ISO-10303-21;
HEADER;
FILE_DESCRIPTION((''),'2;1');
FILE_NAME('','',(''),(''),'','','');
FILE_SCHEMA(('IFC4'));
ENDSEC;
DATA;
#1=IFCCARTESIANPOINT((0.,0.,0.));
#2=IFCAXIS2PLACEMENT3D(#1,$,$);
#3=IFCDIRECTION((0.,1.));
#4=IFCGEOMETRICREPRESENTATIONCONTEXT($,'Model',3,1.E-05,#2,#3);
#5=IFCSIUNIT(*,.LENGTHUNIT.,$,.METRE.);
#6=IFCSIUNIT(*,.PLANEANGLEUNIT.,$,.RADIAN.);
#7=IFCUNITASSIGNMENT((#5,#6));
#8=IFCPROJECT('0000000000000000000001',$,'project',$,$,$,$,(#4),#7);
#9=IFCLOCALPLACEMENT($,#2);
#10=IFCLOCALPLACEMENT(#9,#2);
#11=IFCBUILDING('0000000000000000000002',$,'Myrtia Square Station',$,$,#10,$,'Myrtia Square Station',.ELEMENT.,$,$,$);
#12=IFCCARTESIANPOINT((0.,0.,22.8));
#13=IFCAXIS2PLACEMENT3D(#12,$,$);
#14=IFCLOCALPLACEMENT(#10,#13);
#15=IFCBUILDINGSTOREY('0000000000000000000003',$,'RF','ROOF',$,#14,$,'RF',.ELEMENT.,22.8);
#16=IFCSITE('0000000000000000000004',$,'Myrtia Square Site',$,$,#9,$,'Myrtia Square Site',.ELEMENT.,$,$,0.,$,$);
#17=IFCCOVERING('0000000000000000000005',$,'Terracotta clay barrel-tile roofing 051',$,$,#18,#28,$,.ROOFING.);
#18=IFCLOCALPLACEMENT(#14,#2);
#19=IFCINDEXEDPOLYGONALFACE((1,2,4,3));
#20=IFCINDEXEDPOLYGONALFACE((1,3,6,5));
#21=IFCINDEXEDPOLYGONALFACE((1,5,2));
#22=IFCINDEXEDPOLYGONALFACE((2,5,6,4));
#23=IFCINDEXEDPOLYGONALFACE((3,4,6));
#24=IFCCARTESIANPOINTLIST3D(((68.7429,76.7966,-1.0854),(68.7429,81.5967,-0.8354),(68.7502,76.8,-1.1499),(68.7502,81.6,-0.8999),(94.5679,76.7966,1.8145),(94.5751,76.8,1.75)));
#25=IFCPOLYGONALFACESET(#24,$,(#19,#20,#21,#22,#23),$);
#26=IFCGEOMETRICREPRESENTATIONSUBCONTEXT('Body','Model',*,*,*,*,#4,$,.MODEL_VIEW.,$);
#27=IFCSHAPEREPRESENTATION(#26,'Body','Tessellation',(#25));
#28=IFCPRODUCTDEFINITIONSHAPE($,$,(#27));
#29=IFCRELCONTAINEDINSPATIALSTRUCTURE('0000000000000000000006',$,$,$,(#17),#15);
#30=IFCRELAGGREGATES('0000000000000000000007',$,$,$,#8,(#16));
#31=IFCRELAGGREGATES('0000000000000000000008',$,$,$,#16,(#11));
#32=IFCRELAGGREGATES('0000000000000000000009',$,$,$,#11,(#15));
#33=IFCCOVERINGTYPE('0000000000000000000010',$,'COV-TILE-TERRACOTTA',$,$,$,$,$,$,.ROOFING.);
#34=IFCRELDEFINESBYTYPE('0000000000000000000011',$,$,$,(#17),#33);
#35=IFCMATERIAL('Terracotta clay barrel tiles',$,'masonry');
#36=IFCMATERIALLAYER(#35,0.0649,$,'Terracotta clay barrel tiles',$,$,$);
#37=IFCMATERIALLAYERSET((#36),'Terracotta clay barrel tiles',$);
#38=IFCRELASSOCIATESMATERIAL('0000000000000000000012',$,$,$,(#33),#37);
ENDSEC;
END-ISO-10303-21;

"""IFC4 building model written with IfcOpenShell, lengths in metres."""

from ifc_helpers import new_model, si_unit, direction, frame, origin, place, context, subcontext, project, spatial, polyline, outline, extrude, material, layer, layer_set, type_object, element, save


model = new_model("IFC4")

# Units and contexts
model_context = context("Model", 3, precision=1e-05, world=origin(), true_north=direction((0.0, 1.0)))
body_context = subcontext(model_context, "Body", "Model", "MODEL_VIEW")
ifc_project = project(units=[si_unit("LENGTHUNIT", "METRE"), si_unit("PLANEANGLEUNIT", "RADIAN")], contexts=[model_context])

# Site, building, storey
site_placement = place(None, origin())
site = spatial("IfcSite", under=ifc_project, at=site_placement, Name="Myrtia Square Site", LongName="Myrtia Square Site", CompositionType="ELEMENT", RefElevation=0.0)
building_placement = place(site_placement, origin())
building = spatial("IfcBuilding", under=site, at=building_placement, Name="Myrtia Square Station", LongName="Myrtia Square Station", CompositionType="ELEMENT")
storey_placement = place(building_placement, frame((0.0, 0.0, 22.8)))
storey = spatial("IfcBuildingStorey", under=building, at=storey_placement, Name="RF", Description="ROOF", LongName="RF", CompositionType="ELEMENT", Elevation=22.8)

# Covering
ifc_material_1 = material(Name="Terracotta clay barrel tiles", Category="masonry")
ifc_layer_1 = layer(ifc_material_1, 0.0649, Name="Terracotta clay barrel tiles")
ifc_layer_set_1 = layer_set([ifc_layer_1], Name="Terracotta clay barrel tiles")
covering_type = type_object("IfcCoveringType", Name="COV-TILE-TERRACOTTA", PredefinedType="ROOFING", material=ifc_layer_set_1)
covering_1_placement = place(storey_placement, frame((68.7429, 76.7966, -1.0854), z_axis=(-0.11144, -0.051688, 0.992426), x_axis=(0.993754, 0.0, 0.111589)))
element("IfcCovering", 1, at=covering_1_placement, inside=storey, type_object=covering_type, Name="Terracotta clay barrel-tile roofing 051", PredefinedType="ROOFING", context=body_context, shape_type="SweptSolid", body=[
    extrude(outline(polyline([(0.0, 0.0), (25.9873, 0.0), (0.0279, 4.8065), (0.0, 0.0)])), origin(), (0.0, 0.0, -1.0), 0.0649),
])

save(model, "model.ifc")
